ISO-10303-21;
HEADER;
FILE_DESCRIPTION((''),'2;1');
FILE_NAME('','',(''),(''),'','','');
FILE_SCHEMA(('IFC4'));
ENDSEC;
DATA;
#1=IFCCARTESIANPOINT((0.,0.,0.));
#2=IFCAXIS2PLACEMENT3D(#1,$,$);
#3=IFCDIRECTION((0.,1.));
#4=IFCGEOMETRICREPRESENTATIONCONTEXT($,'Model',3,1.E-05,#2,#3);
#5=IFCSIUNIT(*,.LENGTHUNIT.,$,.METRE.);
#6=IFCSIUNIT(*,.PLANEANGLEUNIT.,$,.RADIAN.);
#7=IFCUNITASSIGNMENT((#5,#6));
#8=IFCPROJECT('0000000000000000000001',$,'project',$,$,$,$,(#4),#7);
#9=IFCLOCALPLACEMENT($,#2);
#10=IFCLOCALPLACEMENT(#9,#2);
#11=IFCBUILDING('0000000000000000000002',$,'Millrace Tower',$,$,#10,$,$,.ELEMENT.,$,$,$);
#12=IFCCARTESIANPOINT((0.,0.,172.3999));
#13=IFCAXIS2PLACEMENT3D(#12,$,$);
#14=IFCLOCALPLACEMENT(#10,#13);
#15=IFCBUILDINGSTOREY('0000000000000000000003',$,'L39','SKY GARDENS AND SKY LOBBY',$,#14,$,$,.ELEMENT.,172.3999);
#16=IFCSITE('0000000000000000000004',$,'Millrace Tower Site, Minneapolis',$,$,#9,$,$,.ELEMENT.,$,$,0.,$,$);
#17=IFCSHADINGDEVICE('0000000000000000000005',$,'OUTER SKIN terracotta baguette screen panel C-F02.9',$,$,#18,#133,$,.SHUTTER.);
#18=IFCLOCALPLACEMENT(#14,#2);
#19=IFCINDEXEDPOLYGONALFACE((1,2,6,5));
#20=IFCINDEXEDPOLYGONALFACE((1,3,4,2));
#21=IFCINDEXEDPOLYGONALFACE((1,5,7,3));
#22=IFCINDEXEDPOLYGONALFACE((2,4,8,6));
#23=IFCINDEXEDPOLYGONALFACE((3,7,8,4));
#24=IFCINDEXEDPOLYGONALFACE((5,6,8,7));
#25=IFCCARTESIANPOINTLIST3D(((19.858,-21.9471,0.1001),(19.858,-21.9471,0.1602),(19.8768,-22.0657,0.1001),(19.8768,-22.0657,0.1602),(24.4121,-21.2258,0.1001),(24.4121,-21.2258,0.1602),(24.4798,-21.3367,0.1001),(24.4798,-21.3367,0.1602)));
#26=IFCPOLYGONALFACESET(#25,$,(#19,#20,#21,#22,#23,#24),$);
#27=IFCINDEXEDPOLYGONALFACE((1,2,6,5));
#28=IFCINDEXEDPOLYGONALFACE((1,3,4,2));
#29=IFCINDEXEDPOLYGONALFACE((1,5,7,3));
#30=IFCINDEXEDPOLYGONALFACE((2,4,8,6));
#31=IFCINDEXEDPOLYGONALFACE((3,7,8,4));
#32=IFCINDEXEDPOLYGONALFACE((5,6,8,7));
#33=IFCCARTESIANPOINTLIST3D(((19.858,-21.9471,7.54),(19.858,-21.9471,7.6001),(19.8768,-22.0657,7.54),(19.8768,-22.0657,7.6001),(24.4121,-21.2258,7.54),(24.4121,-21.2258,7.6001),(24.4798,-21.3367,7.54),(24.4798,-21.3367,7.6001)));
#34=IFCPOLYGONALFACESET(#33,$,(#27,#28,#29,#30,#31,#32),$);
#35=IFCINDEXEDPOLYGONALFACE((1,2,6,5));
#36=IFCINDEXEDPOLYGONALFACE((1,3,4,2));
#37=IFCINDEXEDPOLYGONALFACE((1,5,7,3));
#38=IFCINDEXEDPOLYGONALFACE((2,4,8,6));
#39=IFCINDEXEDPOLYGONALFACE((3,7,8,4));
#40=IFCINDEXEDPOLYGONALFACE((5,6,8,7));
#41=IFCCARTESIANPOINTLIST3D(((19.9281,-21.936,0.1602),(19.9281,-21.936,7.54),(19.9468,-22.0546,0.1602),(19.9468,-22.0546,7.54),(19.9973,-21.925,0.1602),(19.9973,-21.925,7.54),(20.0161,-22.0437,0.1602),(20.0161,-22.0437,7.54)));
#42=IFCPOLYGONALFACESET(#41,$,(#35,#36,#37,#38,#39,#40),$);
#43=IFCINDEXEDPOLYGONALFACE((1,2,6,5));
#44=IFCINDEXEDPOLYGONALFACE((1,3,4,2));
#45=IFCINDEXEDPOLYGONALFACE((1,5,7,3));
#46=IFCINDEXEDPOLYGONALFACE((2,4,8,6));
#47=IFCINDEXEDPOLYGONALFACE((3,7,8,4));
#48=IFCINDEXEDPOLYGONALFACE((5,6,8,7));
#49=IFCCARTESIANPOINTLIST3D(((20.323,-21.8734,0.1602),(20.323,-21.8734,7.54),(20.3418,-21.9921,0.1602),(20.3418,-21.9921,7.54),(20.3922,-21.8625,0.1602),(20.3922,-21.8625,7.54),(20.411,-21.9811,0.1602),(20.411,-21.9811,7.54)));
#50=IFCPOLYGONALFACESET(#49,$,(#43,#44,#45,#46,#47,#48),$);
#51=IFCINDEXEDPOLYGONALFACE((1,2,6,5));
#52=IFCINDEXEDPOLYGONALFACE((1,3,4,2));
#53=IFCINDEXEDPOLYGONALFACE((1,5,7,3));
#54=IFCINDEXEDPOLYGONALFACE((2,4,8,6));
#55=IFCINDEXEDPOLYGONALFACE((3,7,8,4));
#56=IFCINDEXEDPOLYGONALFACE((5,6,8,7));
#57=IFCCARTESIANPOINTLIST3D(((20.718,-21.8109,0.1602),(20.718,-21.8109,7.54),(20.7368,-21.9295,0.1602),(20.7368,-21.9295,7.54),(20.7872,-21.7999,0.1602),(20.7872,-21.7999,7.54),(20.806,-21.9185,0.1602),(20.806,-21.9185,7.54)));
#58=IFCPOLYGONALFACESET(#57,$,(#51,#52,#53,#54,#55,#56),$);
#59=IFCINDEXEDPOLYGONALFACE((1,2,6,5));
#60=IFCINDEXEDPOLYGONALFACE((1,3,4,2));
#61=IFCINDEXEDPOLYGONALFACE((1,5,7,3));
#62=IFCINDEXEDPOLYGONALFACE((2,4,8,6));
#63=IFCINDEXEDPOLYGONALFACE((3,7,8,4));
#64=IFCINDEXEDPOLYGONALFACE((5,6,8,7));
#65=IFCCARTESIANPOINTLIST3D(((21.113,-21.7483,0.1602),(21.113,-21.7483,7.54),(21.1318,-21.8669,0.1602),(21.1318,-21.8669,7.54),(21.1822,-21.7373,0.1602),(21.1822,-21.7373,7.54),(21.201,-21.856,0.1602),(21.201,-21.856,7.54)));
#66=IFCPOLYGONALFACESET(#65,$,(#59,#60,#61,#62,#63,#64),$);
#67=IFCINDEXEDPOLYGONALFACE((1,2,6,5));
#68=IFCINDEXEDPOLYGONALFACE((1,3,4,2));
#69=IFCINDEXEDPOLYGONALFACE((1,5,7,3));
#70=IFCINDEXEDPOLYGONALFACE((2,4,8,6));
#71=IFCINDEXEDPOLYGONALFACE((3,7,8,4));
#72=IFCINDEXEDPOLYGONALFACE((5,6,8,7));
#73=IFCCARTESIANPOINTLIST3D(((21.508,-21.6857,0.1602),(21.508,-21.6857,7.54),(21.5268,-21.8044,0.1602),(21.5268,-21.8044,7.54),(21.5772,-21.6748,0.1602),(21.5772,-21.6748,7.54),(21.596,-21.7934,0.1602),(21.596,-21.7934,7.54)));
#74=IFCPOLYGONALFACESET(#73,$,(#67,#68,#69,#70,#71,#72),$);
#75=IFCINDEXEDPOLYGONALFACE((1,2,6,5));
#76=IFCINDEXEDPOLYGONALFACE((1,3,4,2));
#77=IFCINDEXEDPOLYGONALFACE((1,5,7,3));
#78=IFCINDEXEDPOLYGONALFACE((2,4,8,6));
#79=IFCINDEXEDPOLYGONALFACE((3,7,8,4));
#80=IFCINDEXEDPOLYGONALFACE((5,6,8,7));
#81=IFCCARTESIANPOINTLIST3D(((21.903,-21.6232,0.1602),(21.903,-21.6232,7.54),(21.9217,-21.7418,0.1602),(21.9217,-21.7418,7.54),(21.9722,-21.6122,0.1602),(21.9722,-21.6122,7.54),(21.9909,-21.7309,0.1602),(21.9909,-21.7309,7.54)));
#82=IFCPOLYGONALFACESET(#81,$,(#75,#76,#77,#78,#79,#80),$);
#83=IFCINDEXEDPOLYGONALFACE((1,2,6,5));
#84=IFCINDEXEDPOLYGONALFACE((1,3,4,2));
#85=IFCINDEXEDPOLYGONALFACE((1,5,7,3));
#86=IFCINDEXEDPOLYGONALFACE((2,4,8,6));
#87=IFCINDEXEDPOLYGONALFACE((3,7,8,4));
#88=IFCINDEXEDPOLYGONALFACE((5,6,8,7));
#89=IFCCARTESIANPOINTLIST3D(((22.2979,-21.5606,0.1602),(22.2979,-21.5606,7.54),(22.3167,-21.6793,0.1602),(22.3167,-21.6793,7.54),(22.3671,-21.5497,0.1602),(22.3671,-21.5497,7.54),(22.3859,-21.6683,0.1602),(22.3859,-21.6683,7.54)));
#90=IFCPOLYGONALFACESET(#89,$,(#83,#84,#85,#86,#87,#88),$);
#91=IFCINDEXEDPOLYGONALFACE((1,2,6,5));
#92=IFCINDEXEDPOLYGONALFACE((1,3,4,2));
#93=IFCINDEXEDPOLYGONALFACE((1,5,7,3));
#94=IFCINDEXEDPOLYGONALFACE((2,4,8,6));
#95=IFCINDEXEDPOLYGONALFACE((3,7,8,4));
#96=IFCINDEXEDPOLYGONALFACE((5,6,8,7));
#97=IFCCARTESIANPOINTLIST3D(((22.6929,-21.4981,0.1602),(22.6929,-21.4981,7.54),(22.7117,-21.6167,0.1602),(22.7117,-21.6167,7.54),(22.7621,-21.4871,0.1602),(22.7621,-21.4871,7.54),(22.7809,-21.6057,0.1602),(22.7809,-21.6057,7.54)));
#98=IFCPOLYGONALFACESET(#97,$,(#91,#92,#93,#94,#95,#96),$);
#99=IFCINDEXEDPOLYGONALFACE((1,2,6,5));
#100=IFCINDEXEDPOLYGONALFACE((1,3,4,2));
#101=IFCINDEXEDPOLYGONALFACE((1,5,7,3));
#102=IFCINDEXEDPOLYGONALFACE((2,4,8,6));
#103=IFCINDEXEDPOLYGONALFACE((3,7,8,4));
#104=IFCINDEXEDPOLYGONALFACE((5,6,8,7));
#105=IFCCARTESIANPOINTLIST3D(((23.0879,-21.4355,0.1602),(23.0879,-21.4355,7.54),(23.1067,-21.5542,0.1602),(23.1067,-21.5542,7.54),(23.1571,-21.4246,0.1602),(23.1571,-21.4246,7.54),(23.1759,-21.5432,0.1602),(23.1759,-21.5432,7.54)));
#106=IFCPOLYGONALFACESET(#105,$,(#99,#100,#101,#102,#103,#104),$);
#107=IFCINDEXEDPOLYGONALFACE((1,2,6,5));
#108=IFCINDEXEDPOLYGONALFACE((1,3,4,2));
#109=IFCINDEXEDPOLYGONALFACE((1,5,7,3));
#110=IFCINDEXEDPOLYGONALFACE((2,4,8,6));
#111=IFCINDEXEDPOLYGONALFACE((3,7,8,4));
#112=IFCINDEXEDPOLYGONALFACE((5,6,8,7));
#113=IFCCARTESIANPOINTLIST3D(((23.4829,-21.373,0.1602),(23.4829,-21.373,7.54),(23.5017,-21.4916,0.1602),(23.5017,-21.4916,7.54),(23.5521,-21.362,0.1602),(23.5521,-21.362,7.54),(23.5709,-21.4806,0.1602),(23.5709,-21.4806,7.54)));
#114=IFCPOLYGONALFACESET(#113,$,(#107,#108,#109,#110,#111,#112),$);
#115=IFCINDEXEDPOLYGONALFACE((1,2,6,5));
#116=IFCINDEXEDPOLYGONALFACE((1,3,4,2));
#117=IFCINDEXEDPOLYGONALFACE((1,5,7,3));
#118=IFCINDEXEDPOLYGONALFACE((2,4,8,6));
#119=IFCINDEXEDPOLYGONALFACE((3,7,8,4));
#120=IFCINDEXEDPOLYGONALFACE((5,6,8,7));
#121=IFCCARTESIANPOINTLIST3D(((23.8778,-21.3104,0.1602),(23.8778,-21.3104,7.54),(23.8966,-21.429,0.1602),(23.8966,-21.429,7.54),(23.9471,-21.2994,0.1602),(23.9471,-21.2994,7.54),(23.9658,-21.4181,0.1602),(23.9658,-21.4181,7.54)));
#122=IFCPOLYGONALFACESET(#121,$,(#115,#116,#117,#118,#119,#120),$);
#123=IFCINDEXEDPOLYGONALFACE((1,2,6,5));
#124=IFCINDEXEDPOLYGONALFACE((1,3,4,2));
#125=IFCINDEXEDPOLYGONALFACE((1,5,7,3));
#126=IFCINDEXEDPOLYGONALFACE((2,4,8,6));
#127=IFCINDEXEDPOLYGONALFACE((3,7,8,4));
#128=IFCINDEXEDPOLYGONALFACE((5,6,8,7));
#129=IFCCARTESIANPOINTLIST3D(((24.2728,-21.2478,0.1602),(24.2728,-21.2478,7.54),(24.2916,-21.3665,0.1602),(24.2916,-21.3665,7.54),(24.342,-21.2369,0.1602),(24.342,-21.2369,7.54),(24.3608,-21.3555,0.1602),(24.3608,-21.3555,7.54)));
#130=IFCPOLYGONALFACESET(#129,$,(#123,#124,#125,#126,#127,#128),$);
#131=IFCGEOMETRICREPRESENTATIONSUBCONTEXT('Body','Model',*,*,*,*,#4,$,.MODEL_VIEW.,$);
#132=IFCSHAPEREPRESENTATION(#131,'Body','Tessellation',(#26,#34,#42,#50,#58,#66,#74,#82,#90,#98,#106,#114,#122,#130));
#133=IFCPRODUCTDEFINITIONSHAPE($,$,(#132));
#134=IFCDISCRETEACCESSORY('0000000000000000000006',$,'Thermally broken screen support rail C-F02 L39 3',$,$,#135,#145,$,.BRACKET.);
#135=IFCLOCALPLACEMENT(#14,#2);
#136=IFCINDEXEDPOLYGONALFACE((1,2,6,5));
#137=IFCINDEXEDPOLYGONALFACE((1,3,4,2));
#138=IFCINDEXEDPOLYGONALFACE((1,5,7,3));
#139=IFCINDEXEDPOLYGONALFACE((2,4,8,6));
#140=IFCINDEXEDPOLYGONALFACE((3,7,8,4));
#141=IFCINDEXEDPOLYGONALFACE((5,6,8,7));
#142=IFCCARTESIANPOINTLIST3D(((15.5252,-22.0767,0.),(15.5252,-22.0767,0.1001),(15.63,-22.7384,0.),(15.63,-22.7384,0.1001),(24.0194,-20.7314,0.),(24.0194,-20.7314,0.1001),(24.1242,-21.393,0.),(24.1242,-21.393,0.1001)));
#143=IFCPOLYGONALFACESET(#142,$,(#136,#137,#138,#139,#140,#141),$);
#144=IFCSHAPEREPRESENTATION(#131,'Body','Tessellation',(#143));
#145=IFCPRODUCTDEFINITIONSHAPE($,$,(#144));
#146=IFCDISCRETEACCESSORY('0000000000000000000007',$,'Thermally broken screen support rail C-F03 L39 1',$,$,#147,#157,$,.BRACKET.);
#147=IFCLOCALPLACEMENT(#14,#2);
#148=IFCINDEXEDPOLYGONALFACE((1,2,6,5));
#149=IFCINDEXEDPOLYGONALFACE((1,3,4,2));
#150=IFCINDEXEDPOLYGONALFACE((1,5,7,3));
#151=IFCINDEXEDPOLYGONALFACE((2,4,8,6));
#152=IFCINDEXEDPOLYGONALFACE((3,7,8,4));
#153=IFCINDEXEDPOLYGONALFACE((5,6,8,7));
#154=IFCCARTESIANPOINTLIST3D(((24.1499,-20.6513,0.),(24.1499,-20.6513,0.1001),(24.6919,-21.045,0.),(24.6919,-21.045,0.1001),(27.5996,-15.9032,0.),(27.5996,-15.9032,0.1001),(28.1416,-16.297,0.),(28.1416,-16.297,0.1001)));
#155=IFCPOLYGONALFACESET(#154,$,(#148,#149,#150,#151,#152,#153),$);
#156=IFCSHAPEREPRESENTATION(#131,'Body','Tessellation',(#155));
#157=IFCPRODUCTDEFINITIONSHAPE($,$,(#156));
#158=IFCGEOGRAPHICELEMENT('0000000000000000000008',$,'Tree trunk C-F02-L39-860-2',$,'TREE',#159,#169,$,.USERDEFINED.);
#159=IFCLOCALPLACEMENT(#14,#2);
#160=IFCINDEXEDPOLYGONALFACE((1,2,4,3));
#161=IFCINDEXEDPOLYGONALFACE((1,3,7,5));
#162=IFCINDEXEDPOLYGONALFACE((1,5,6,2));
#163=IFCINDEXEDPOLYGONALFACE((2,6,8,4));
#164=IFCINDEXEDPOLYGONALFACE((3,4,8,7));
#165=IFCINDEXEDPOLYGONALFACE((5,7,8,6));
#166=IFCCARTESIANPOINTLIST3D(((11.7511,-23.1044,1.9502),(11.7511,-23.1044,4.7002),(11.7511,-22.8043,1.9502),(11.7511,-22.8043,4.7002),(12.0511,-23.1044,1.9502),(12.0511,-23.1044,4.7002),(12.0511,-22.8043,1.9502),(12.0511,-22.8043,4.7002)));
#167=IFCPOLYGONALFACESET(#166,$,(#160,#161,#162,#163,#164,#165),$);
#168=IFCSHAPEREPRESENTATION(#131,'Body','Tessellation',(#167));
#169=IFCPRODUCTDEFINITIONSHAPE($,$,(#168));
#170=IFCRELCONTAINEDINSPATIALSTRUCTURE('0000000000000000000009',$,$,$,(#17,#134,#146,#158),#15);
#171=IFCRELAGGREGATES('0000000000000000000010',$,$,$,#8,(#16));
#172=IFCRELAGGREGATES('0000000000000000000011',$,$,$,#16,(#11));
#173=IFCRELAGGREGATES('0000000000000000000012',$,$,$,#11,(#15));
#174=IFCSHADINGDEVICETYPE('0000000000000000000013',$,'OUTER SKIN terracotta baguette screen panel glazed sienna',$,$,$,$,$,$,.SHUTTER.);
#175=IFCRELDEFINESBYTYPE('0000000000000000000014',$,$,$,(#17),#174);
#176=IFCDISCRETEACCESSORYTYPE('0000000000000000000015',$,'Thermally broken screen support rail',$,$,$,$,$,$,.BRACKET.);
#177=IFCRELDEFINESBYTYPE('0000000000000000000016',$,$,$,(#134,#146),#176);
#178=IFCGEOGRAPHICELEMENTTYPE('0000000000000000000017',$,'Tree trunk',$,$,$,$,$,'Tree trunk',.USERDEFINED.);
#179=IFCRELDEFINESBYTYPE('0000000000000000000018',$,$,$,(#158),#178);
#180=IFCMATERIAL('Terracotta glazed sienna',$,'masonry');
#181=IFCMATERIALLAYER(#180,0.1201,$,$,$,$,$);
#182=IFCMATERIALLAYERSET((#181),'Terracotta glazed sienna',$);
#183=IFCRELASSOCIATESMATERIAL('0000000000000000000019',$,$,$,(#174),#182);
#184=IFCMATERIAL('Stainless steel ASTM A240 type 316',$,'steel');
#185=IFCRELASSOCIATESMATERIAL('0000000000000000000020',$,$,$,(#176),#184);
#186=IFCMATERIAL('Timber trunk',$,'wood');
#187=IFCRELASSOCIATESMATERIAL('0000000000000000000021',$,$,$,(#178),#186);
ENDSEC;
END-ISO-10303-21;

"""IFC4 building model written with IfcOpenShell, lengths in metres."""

from ifc_helpers import new_model, entity, si_unit, direction, frame, frame_2d, origin, origin_2d, place, context, subcontext, project, spatial, rectangle, extrude, source, transform, mapped, material, layer, layer_set, type_object, element, save


model = new_model("IFC4")

# Units and contexts
model_context = context("Model", 3, precision=1e-05, world=origin(), true_north=direction((0.0, 1.0)))
body_context = subcontext(model_context, "Body", "Model", "MODEL_VIEW")
ifc_project = project(units=[si_unit("LENGTHUNIT", "METRE"), si_unit("PLANEANGLEUNIT", "RADIAN")], contexts=[model_context])

# Site, building, storey
site_placement = place(None, origin())
site = spatial("IfcSite", under=ifc_project, at=site_placement, Name="Millrace Tower Site, Minneapolis", CompositionType="ELEMENT", RefElevation=0.0)
building_placement = place(site_placement, origin())
building = spatial("IfcBuilding", under=site, at=building_placement, Name="Millrace Tower", CompositionType="ELEMENT")
storey_placement = place(building_placement, frame((0.0, 0.0, 172.3999)))
storey = spatial("IfcBuildingStorey", under=building, at=storey_placement, Name="L39", Description="SKY GARDENS AND SKY LOBBY", CompositionType="ELEMENT", Elevation=172.3999)

# Shading device
ifc_material_1 = material(Name="Terracotta glazed sienna", Category="masonry")
ifc_layer_1 = layer(ifc_material_1, 0.1201)
ifc_layer_set_1 = layer_set([ifc_layer_1], Name="Terracotta glazed sienna")
shading_device_type = type_object("IfcShadingDeviceType", Name="OUTER SKIN terracotta baguette screen panel glazed sienna", PredefinedType="SHUTTER", material=ifc_layer_set_1)
cartesian_point_1 = entity("IfcCartesianPoint", [-2.3179, 0.0601])
shared_polyline_1 = entity("IfcPolyline", [cartesian_point_1, entity("IfcCartesianPoint", [2.293, 0.0601]), entity("IfcCartesianPoint", [2.3425, -0.0601]), entity("IfcCartesianPoint", [-2.3179, -0.0601]), cartesian_point_1])
shared_shape_1 = source(origin(), body_context, "Body", "SweptSolid", [
    entity("IfcExtrudedAreaSolid", entity("IfcArbitraryClosedProfileDef", "AREA", None, shared_polyline_1), entity("IfcAxis2Placement3D", entity("IfcCartesianPoint", [0.0, 0.0, 0.0])), entity("IfcDirection", [0.0, 0.0, 1.0]), 0.0601),
    entity("IfcExtrudedAreaSolid", entity("IfcArbitraryClosedProfileDef", "AREA", None, shared_polyline_1), entity("IfcAxis2Placement3D", entity("IfcCartesianPoint", [0.0, 0.0, 7.4399])), entity("IfcDirection", [0.0, 0.0, 1.0]), 0.0601),
    extrude(rectangle(XDim=0.0701, YDim=0.1201, at=frame_2d((-2.2119, 0.0))), frame((0.0, 0.0, 0.0601)), (0.0, 0.0, 1.0), 7.3799),
    extrude(rectangle(XDim=0.0701, YDim=0.1201, at=frame_2d((-1.812, 0.0))), frame((0.0, 0.0, 0.0601)), (0.0, 0.0, 1.0), 7.3799),
    extrude(rectangle(XDim=0.0701, YDim=0.1201, at=frame_2d((-1.4121, 0.0))), frame((0.0, 0.0, 0.0601)), (0.0, 0.0, 1.0), 7.3799),
    extrude(rectangle(XDim=0.0701, YDim=0.1201, at=frame_2d((-1.0122, 0.0))), frame((0.0, 0.0, 0.0601)), (0.0, 0.0, 1.0), 7.3799),
    extrude(rectangle(XDim=0.0701, YDim=0.1201, at=frame_2d((-0.6123, 0.0))), frame((0.0, 0.0, 0.0601)), (0.0, 0.0, 1.0), 7.3799),
    extrude(rectangle(XDim=0.0701, YDim=0.1201, at=frame_2d((-0.2124, 0.0))), frame((0.0, 0.0, 0.0601)), (0.0, 0.0, 1.0), 7.3799),
    extrude(rectangle(XDim=0.0701, YDim=0.1201, at=frame_2d((0.1875, 0.0))), frame((0.0, 0.0, 0.0601)), (0.0, 0.0, 1.0), 7.3799),
    extrude(rectangle(XDim=0.0701, YDim=0.1201, at=frame_2d((0.5874, 0.0))), frame((0.0, 0.0, 0.0601)), (0.0, 0.0, 1.0), 7.3799),
    extrude(rectangle(XDim=0.0701, YDim=0.1201, at=frame_2d((0.9873, 0.0))), frame((0.0, 0.0, 0.0601)), (0.0, 0.0, 1.0), 7.3799),
    extrude(rectangle(XDim=0.0701, YDim=0.1201, at=frame_2d((1.3872, 0.0))), frame((0.0, 0.0, 0.0601)), (0.0, 0.0, 1.0), 7.3799),
    extrude(rectangle(XDim=0.0701, YDim=0.1201, at=frame_2d((1.7871, 0.0))), frame((0.0, 0.0, 0.0601)), (0.0, 0.0, 1.0), 7.3799),
    extrude(rectangle(XDim=0.0701, YDim=0.1201, at=frame_2d((2.187, 0.0))), frame((0.0, 0.0, 0.0601)), (0.0, 0.0, 1.0), 7.3799),
])
shading_device_1_placement = place(storey_placement, frame((22.1567, -21.6438, 0.1001), z_axis=(0.0, 0.0, 1.0), x_axis=(0.987688, 0.156434, 0.0)))
element("IfcShadingDevice", 1, at=shading_device_1_placement, inside=storey, type_object=shading_device_type, Name="OUTER SKIN terracotta baguette screen panel C-F02.9", PredefinedType="SHUTTER", context=body_context, shape_type="MappedRepresentation", body=[
    mapped(shared_shape_1, transform((0.0, 0.0, 0.0), scale=1.0)),
])

# Discrete accessories
ifc_material_2 = material(Name="Stainless steel ASTM A240 type 316", Category="steel")
discrete_accessory_type = type_object("IfcDiscreteAccessoryType", Name="Thermally broken screen support rail", PredefinedType="BRACKET", material=ifc_material_2)
discrete_accessory_1_placement = place(storey_placement, frame((19.8247, -21.7349, 0.0), z_axis=(0.0, 0.0, 1.0), x_axis=(0.987688, 0.156434, 0.0)))
element("IfcDiscreteAccessory", 2, at=discrete_accessory_1_placement, inside=storey, type_object=discrete_accessory_type, Name="Thermally broken screen support rail C-F02 L39 3", PredefinedType="BRACKET", context=body_context, shape_type="SweptSolid", body=[
    extrude(rectangle(XDim=8.6001, YDim=0.6699, at=origin_2d()), origin(), (0.0, 0.0, 1.0), 0.1001),
])
discrete_accessory_2_placement = place(storey_placement, frame((26.1458, -18.4741, 0.0), z_axis=(0.0, 0.0, 1.0), x_axis=(0.587785, 0.809017, 0.0)))
element("IfcDiscreteAccessory", 3, at=discrete_accessory_2_placement, inside=storey, type_object=discrete_accessory_type, Name="Thermally broken screen support rail C-F03 L39 1", PredefinedType="BRACKET", context=body_context, shape_type="SweptSolid", body=[
    extrude(rectangle(XDim=5.8689, YDim=0.6699, at=origin_2d()), origin(), (0.0, 0.0, 1.0), 0.1001),
])

# Geographic element
ifc_material_3 = material(Name="Timber trunk", Category="wood")
geographic_element_type = type_object("IfcGeographicElementType", Name="Tree trunk", ElementType="Tree trunk", PredefinedType="USERDEFINED", material=ifc_material_3)
geographic_element_placement = place(storey_placement, frame((11.9011, -22.9543, 1.9502), z_axis=(0.0, 0.0, 1.0), x_axis=(1.0, 0.0, 0.0)))
element("IfcGeographicElement", 4, at=geographic_element_placement, inside=storey, type_object=geographic_element_type, Name="Tree trunk C-F02-L39-860-2", ObjectType="TREE", PredefinedType="USERDEFINED", context=body_context, shape_type="SweptSolid", body=[
    extrude(rectangle(XDim=0.3, YDim=0.3, at=origin_2d()), origin(), (0.0, 0.0, 1.0), 2.75),
])

save(model, "model.ifc")
